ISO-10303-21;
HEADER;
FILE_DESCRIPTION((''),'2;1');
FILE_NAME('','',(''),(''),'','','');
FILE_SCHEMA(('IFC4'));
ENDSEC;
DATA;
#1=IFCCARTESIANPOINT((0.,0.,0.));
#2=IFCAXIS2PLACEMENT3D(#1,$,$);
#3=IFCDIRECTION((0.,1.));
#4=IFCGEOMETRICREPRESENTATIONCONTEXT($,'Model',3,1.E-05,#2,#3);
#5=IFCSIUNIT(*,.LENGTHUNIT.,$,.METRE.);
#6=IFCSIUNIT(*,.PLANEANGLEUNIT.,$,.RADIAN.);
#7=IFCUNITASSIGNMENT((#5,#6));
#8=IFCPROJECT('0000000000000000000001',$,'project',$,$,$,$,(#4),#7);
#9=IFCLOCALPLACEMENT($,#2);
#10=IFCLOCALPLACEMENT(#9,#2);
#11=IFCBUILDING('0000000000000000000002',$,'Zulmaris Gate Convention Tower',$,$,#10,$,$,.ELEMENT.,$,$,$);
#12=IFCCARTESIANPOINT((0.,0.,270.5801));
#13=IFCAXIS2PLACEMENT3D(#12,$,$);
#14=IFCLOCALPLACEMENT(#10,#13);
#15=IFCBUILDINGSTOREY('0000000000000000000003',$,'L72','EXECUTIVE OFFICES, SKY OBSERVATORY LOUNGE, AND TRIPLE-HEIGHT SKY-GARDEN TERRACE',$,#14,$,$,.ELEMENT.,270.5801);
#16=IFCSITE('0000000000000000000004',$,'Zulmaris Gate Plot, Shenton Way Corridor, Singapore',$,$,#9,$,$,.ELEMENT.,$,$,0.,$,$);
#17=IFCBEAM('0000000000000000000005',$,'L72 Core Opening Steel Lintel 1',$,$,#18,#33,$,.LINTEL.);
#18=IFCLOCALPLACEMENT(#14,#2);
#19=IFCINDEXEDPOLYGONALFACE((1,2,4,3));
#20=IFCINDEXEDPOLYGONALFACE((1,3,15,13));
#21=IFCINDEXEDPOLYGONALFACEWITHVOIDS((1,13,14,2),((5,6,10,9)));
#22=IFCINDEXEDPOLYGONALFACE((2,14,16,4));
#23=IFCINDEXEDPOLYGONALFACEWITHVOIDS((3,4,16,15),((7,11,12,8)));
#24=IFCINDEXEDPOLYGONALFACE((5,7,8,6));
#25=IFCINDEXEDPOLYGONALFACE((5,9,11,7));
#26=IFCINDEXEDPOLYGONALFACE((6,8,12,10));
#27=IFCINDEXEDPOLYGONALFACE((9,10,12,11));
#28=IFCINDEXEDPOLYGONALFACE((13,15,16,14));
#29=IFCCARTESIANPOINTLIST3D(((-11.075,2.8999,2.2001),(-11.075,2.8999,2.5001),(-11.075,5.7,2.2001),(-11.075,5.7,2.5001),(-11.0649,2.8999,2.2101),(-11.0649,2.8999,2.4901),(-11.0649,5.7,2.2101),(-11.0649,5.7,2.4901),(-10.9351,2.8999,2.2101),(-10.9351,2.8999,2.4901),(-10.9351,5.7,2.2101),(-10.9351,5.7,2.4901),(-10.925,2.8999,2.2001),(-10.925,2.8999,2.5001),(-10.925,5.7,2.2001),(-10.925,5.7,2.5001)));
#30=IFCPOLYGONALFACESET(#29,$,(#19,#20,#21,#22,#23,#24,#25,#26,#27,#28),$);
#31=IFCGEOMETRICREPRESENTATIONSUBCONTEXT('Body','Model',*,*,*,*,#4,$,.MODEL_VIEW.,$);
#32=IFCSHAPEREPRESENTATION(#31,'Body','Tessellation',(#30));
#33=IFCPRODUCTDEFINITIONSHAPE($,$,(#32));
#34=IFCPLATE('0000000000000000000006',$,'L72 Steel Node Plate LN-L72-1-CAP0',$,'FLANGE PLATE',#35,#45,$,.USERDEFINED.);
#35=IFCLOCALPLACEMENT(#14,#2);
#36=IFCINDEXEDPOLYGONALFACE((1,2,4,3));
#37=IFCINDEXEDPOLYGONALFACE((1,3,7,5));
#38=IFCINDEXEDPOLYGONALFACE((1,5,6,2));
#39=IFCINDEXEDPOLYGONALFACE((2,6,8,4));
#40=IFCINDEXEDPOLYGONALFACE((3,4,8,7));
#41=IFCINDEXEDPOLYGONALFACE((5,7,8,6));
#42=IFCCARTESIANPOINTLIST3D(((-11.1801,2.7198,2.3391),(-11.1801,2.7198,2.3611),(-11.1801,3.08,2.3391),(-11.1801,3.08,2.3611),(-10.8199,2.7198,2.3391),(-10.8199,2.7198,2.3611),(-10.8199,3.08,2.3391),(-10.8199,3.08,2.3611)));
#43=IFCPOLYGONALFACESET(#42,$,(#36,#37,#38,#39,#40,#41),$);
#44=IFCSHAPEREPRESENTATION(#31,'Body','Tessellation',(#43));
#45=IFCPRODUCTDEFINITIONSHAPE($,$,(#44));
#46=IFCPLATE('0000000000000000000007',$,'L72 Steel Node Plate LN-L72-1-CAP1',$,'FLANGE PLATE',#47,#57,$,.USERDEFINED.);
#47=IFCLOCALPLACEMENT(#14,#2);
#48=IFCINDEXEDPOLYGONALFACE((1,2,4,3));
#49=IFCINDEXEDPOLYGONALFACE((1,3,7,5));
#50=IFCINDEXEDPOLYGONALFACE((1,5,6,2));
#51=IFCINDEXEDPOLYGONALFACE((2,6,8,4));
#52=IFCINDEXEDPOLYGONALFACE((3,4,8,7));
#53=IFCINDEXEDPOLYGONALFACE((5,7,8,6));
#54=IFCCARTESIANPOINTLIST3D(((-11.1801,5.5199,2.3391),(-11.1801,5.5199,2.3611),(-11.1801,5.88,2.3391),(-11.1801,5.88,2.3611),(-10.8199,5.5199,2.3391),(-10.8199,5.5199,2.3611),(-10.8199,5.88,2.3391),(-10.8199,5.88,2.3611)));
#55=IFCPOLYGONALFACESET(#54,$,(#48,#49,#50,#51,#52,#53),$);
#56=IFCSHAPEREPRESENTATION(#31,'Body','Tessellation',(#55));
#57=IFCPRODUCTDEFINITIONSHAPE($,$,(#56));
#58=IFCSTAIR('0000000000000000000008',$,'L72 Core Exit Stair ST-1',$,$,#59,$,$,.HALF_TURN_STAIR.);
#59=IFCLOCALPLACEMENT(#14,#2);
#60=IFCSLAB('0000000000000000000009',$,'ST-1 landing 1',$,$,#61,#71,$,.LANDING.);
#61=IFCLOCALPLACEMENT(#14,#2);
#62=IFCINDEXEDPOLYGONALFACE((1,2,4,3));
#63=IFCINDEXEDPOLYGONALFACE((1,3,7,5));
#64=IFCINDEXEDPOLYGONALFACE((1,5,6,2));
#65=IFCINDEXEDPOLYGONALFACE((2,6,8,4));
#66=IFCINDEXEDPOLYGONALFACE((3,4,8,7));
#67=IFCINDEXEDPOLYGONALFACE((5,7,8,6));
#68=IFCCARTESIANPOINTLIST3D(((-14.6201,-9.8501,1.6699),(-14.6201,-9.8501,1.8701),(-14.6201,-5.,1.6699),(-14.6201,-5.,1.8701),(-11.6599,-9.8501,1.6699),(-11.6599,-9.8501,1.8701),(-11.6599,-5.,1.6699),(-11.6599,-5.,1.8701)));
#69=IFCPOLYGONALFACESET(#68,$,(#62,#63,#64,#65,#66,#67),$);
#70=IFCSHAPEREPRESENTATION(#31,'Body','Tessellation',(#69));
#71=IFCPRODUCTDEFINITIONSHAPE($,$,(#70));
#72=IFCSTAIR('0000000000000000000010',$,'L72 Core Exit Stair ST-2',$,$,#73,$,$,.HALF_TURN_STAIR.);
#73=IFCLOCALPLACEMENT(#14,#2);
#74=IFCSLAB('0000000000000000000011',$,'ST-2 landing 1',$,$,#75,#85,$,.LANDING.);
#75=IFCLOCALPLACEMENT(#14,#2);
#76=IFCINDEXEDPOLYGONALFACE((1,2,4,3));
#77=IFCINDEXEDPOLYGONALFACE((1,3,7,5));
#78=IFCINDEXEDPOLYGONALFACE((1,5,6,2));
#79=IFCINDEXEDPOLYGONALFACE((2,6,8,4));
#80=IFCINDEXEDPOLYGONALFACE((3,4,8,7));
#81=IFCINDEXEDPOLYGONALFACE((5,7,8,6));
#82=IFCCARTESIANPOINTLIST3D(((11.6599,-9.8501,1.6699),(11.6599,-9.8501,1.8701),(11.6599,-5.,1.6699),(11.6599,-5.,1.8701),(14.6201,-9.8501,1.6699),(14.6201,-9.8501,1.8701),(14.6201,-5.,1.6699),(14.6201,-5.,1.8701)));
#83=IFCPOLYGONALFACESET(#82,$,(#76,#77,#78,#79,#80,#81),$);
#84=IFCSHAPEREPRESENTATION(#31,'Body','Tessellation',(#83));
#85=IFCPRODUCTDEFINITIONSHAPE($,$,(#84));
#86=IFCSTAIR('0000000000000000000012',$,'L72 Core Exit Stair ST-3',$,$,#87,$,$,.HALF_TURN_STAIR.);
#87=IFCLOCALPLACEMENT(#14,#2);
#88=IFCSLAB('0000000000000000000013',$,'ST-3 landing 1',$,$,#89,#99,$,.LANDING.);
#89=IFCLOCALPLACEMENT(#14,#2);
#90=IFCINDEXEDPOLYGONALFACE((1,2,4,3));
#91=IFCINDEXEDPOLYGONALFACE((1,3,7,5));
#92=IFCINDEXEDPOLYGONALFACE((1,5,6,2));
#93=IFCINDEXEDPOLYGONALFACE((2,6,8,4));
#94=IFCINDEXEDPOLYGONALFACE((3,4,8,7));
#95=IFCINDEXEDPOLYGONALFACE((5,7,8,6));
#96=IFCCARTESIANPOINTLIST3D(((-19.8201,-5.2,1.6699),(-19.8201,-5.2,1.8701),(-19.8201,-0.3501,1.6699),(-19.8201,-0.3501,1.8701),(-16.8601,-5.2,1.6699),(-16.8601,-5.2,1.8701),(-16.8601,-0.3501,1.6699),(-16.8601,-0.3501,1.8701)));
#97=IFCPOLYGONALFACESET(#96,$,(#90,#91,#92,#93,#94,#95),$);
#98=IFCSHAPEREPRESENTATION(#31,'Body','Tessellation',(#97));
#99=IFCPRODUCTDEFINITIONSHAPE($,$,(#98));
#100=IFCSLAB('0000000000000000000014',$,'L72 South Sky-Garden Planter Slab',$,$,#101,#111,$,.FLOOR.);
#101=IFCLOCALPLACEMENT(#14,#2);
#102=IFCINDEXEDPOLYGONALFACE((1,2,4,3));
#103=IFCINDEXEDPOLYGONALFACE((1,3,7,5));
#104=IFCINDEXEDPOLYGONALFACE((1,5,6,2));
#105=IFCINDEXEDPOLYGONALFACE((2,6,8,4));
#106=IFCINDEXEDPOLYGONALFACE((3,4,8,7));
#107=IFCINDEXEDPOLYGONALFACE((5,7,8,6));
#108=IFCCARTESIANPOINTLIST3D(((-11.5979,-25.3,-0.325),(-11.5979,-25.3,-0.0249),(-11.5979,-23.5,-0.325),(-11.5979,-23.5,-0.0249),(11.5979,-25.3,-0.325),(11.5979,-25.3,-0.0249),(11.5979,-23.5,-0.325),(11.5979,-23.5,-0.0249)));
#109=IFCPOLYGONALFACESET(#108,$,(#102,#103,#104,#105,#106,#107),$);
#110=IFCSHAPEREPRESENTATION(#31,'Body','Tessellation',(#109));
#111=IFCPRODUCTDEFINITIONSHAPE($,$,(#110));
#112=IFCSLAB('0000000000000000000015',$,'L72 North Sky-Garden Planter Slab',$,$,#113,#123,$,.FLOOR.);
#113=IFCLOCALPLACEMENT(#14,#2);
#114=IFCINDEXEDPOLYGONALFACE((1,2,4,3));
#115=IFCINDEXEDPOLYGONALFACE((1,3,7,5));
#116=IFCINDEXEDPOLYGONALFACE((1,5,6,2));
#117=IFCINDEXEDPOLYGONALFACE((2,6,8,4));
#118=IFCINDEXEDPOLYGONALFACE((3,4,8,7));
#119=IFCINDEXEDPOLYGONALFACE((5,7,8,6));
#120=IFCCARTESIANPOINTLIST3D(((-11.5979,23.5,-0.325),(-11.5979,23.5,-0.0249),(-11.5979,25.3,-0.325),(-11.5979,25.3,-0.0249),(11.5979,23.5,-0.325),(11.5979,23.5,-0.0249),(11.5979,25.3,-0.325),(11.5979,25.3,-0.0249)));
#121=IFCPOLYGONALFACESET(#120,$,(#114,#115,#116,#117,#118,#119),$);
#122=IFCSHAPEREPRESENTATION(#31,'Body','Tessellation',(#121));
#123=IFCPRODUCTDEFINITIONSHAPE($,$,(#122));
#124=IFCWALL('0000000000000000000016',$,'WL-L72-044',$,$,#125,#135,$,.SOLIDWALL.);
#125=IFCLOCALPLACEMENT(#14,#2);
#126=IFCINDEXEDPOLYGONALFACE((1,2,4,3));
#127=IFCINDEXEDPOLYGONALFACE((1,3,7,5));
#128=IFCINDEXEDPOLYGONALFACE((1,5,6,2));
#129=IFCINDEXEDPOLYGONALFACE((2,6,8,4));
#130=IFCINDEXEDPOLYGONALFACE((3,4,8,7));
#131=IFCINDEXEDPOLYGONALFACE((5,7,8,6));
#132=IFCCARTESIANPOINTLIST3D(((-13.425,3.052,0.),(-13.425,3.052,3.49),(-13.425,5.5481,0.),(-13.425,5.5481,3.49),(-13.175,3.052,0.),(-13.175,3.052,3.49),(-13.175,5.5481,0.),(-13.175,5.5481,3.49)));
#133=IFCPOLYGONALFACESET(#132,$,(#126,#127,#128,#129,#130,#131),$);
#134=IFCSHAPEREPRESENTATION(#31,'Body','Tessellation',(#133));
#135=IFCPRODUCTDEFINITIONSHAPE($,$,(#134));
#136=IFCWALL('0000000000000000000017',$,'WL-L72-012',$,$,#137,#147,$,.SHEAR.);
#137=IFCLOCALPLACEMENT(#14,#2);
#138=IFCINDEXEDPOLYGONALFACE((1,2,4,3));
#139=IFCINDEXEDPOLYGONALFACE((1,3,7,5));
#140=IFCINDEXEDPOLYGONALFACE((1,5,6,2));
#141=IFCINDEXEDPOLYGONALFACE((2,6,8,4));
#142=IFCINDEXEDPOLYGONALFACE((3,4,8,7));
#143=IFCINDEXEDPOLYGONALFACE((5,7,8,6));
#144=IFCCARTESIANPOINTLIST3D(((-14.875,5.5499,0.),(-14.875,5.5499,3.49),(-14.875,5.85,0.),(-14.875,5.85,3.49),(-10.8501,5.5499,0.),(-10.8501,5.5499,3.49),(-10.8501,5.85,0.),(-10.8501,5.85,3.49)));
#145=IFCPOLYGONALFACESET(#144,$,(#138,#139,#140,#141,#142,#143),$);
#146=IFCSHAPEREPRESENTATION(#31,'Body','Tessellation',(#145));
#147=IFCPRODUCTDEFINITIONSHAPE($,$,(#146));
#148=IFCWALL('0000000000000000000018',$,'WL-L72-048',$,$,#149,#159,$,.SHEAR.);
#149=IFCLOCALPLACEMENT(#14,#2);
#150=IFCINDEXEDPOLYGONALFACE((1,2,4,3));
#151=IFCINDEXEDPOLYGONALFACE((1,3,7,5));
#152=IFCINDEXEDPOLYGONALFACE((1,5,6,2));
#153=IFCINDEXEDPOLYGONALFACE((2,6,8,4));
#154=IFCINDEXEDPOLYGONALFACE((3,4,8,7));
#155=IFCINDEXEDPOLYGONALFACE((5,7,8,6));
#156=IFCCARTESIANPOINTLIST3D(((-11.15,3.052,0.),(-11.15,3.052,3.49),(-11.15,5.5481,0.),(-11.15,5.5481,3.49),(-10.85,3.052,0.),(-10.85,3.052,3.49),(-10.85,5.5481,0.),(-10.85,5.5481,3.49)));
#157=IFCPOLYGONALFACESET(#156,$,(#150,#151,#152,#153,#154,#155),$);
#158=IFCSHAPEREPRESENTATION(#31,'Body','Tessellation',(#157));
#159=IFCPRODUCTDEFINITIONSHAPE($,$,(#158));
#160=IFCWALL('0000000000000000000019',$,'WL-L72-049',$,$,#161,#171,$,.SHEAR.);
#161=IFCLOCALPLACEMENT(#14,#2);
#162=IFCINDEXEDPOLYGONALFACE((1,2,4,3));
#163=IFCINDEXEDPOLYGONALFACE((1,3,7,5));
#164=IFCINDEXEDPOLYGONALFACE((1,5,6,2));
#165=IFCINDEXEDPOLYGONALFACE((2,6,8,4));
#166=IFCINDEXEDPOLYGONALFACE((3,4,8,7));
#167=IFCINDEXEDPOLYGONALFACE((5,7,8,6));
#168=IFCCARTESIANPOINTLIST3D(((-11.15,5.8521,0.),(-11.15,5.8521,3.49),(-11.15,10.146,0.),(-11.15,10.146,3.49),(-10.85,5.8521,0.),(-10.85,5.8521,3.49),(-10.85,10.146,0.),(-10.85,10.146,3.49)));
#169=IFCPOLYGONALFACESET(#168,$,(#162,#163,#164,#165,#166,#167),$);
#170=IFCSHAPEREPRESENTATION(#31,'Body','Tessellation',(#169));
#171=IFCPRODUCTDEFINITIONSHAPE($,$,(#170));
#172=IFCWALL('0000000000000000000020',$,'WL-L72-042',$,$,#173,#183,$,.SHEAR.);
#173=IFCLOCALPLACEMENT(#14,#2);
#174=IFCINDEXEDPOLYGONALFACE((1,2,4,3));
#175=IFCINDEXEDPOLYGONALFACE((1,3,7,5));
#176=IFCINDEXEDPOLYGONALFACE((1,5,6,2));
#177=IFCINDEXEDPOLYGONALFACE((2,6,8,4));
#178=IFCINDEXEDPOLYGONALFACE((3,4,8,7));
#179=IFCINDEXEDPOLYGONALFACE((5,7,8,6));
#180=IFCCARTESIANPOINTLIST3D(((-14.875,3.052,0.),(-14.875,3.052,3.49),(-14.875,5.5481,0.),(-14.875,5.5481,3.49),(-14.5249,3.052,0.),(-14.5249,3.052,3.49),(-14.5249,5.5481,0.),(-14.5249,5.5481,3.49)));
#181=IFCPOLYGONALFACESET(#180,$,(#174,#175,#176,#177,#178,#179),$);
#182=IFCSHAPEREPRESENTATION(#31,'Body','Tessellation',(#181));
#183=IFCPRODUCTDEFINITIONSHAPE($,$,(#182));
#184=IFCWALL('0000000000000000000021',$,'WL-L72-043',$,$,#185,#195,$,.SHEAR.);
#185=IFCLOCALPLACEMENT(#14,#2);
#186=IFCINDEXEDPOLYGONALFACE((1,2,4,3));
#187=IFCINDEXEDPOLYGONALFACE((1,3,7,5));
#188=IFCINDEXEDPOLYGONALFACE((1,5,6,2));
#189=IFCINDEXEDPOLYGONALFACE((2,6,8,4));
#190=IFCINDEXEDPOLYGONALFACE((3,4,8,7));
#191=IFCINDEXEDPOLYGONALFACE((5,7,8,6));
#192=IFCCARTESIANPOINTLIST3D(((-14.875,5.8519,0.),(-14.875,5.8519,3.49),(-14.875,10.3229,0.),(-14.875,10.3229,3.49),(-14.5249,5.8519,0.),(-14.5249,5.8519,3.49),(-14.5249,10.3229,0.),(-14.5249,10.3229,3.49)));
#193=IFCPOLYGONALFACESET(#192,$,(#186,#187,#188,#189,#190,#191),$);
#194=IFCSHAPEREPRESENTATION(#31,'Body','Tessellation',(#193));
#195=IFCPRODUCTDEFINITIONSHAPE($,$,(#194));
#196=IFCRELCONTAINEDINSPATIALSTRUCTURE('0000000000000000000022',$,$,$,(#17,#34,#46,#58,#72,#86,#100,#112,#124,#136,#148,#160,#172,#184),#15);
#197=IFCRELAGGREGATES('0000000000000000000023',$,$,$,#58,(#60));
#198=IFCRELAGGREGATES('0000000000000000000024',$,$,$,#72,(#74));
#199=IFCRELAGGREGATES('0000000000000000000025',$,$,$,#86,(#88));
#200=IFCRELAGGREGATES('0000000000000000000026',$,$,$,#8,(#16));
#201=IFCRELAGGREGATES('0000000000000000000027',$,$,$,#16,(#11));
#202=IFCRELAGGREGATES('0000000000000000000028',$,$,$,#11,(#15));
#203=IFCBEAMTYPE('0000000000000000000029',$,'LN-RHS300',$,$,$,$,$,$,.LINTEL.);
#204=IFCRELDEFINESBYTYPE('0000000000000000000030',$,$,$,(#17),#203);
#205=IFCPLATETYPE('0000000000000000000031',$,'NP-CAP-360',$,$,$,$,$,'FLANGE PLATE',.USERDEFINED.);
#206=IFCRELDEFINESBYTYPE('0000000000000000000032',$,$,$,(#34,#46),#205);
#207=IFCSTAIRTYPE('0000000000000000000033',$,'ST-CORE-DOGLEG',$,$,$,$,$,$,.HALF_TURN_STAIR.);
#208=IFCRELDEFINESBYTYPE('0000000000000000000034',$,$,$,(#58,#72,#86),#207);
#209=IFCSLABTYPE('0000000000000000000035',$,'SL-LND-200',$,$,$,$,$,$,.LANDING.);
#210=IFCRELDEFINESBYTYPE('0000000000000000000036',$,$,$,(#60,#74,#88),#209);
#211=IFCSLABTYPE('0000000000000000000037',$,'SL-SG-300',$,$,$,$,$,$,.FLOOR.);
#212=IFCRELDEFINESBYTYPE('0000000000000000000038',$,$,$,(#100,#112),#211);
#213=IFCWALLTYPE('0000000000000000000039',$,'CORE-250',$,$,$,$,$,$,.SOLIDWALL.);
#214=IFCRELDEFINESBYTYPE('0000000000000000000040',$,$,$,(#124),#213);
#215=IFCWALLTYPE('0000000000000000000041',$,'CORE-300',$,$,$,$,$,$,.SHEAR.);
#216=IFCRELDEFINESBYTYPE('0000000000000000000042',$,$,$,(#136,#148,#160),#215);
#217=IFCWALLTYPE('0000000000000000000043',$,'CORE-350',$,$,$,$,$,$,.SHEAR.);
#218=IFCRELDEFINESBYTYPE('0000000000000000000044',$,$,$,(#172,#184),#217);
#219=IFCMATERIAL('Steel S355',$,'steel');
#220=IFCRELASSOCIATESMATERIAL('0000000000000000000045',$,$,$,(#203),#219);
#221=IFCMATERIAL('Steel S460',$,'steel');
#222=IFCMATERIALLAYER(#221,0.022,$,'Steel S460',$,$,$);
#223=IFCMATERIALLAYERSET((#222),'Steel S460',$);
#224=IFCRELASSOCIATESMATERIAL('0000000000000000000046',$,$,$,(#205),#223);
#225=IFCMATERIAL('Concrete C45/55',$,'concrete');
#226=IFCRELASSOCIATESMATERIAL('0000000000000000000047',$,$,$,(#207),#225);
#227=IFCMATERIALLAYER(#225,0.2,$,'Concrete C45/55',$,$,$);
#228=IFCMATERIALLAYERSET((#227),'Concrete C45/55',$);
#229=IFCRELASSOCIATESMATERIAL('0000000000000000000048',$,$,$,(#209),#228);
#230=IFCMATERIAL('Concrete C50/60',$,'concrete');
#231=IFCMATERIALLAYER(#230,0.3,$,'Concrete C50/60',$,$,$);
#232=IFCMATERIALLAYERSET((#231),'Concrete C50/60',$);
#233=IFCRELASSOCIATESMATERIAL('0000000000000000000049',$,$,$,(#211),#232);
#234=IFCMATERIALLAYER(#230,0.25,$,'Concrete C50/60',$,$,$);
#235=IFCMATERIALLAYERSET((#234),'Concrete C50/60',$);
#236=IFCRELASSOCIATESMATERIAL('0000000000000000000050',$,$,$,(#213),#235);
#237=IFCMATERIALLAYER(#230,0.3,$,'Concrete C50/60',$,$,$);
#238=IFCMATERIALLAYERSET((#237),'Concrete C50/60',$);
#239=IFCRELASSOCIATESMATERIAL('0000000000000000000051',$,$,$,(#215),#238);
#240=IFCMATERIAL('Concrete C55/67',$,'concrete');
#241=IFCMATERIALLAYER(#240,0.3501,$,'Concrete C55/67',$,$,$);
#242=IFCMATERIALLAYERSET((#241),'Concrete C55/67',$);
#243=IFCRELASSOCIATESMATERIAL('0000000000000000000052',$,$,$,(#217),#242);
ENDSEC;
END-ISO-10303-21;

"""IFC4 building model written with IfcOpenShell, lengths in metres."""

from ifc_helpers import new_model, si_unit, direction, frame, frame_2d, origin, origin_2d, place, context, subcontext, project, spatial, polyline, rectangle, hollow_rectangle, outline, extrude, material, layer, layer_set, material_profile, profile_set, type_object, element, aggregate, save


model = new_model("IFC4")

# Units and contexts
model_context = context("Model", 3, precision=1e-05, world=origin(), true_north=direction((0.0, 1.0)))
body_context = subcontext(model_context, "Body", "Model", "MODEL_VIEW")
ifc_project = project(units=[si_unit("LENGTHUNIT", "METRE"), si_unit("PLANEANGLEUNIT", "RADIAN")], contexts=[model_context])

# Site, building, storey
site_placement = place(None, origin())
site = spatial("IfcSite", under=ifc_project, at=site_placement, Name="Zulmaris Gate Plot, Shenton Way Corridor, Singapore", CompositionType="ELEMENT", RefElevation=0.0)
building_placement = place(site_placement, origin())
building = spatial("IfcBuilding", under=site, at=building_placement, Name="Zulmaris Gate Convention Tower", CompositionType="ELEMENT")
storey_placement = place(building_placement, frame((0.0, 0.0, 270.5801)))
storey = spatial("IfcBuildingStorey", under=building, at=storey_placement, Name="L72", Description="EXECUTIVE OFFICES, SKY OBSERVATORY LOUNGE, AND TRIPLE-HEIGHT SKY-GARDEN TERRACE", CompositionType="ELEMENT", Elevation=270.5801)

# Beam
ifc_material_1 = material(Name="Steel S355", Category="steel")
ifc_material_profile = material_profile(ifc_material_1, hollow_rectangle(XDim=0.1499, YDim=0.3, WallThickness=0.01, at=origin_2d()), Name="RHS 300x150x10")
ifc_profile_set = profile_set([ifc_material_profile], Name="Steel S355")
beam_type = type_object("IfcBeamType", Name="LN-RHS300", PredefinedType="LINTEL", material=ifc_profile_set)
beam_placement = place(storey_placement, frame((-11.0, 2.8999, 2.3501), z_axis=(0.0, 1.0, 0.0), x_axis=(-1.0, 0.0, 0.0)))
element("IfcBeam", 1, at=beam_placement, inside=storey, type_object=beam_type, Name="L72 Core Opening Steel Lintel 1", PredefinedType="LINTEL", context=body_context, shape_type="SweptSolid", body=[
    extrude(hollow_rectangle(XDim=0.1499, YDim=0.3, WallThickness=0.01, at=origin_2d()), origin(), (0.0, 0.0, 1.0), 2.8),
])

# Plates
ifc_material_2 = material(Name="Steel S460", Category="steel")
ifc_layer_1 = layer(ifc_material_2, 0.022, Name="Steel S460")
ifc_layer_set_1 = layer_set([ifc_layer_1], Name="Steel S460")
plate_type = type_object("IfcPlateType", Name="NP-CAP-360", ElementType="FLANGE PLATE", PredefinedType="USERDEFINED", material=ifc_layer_set_1)
for number, where, z_axis, x_axis, name in (
    (2, (-11.0, 2.8999, 2.3391), (0.0, 0.0, 1.0), (1.0, 0.0, 0.0), "L72 Steel Node Plate LN-L72-1-CAP0"),
    (3, (-11.0, 5.7, 2.3391), (0.0, 0.0, 1.0), (1.0, 0.0, 0.0), "L72 Steel Node Plate LN-L72-1-CAP1"),
):
    element("IfcPlate", number, at=place(storey_placement, frame(where, z_axis=z_axis, x_axis=x_axis)), inside=storey, type_object=plate_type, Name=name, ObjectType="FLANGE PLATE", PredefinedType="USERDEFINED", context=body_context, shape_type="SweptSolid", body=[
        extrude(rectangle(XDim=0.3601, YDim=0.3601, at=origin_2d()), origin(), (0.0, 0.0, 1.0), 0.022),
    ])

# Stairs, slabs
ifc_material_3 = material(Name="Concrete C45/55", Category="concrete")
stair_type = type_object("IfcStairType", Name="ST-CORE-DOGLEG", PredefinedType="HALF_TURN_STAIR", material=ifc_material_3)
stair_1_placement = place(storey_placement, origin())
stair_1 = element("IfcStair", 4, at=stair_1_placement, inside=storey, type_object=stair_type, Name="L72 Core Exit Stair ST-1", PredefinedType="HALF_TURN_STAIR")
ifc_layer_2 = layer(ifc_material_3, 0.2, Name="Concrete C45/55")
ifc_layer_set_2 = layer_set([ifc_layer_2], Name="Concrete C45/55")
slab_type_1 = type_object("IfcSlabType", Name="SL-LND-200", PredefinedType="LANDING", material=ifc_layer_set_2)
slab_1_placement = place(storey_placement, frame((0.0, 0.0, 1.6699)))
slab_1 = element("IfcSlab", 5, at=slab_1_placement, type_object=slab_type_1, Name="ST-1 landing 1", PredefinedType="LANDING", context=body_context, shape_type="SweptSolid", body=[
    extrude(outline(polyline([(-14.6201, -5.0), (-14.6201, -9.8501), (-11.6599, -9.8501), (-11.6599, -5.0), (-14.6201, -5.0)])), origin(), (0.0, 0.0, 1.0), 0.2002),
])
aggregate(stair_1, [slab_1])
stair_2_placement = place(storey_placement, origin())
stair_2 = element("IfcStair", 6, at=stair_2_placement, inside=storey, type_object=stair_type, Name="L72 Core Exit Stair ST-2", PredefinedType="HALF_TURN_STAIR")
slab_2_placement = place(storey_placement, frame((0.0, 0.0, 1.6699)))
slab_2 = element("IfcSlab", 7, at=slab_2_placement, type_object=slab_type_1, Name="ST-2 landing 1", PredefinedType="LANDING", context=body_context, shape_type="SweptSolid", body=[
    extrude(outline(polyline([(11.6599, -5.0), (11.6599, -9.8501), (14.6201, -9.8501), (14.6201, -5.0), (11.6599, -5.0)])), origin(), (0.0, 0.0, 1.0), 0.2002),
])
aggregate(stair_2, [slab_2])
stair_3_placement = place(storey_placement, origin())
stair_3 = element("IfcStair", 8, at=stair_3_placement, inside=storey, type_object=stair_type, Name="L72 Core Exit Stair ST-3", PredefinedType="HALF_TURN_STAIR")
slab_3_placement = place(storey_placement, frame((0.0, 0.0, 1.6699)))
slab_3 = element("IfcSlab", 9, at=slab_3_placement, type_object=slab_type_1, Name="ST-3 landing 1", PredefinedType="LANDING", context=body_context, shape_type="SweptSolid", body=[
    extrude(outline(polyline([(-16.8601, -5.2), (-16.8601, -0.3501), (-19.8201, -0.3501), (-19.8201, -5.2), (-16.8601, -5.2)])), origin(), (0.0, 0.0, 1.0), 0.2002),
])
aggregate(stair_3, [slab_3])

# Slabs
ifc_material_4 = material(Name="Concrete C50/60", Category="concrete")
ifc_layer_3 = layer(ifc_material_4, 0.3, Name="Concrete C50/60")
ifc_layer_set_3 = layer_set([ifc_layer_3], Name="Concrete C50/60")
slab_type_2 = type_object("IfcSlabType", Name="SL-SG-300", PredefinedType="FLOOR", material=ifc_layer_set_3)
slab_4_placement = place(storey_placement, frame((0.0, 0.0, -0.325)))
element("IfcSlab", 10, at=slab_4_placement, inside=storey, type_object=slab_type_2, Name="L72 South Sky-Garden Planter Slab", PredefinedType="FLOOR", context=body_context, shape_type="SweptSolid", body=[
    extrude(outline(polyline([(-11.5979, -25.3), (-11.5979, -23.5), (11.5979, -23.5), (11.5979, -25.3), (-11.5979, -25.3)])), origin(), (0.0, 0.0, 1.0), 0.3),
])
slab_5_placement = place(storey_placement, frame((0.0, 0.0, -0.325)))
element("IfcSlab", 11, at=slab_5_placement, inside=storey, type_object=slab_type_2, Name="L72 North Sky-Garden Planter Slab", PredefinedType="FLOOR", context=body_context, shape_type="SweptSolid", body=[
    extrude(outline(polyline([(11.5979, 25.3), (11.5979, 23.5), (-11.5979, 23.5), (-11.5979, 25.3), (11.5979, 25.3)])), origin(), (0.0, 0.0, 1.0), 0.3),
])

# Walls
ifc_layer_4 = layer(ifc_material_4, 0.25, Name="Concrete C50/60")
ifc_layer_set_4 = layer_set([ifc_layer_4], Name="Concrete C50/60")
wall_type_1 = type_object("IfcWallType", Name="CORE-250", PredefinedType="SOLIDWALL", material=ifc_layer_set_4)
wall_1_placement = place(storey_placement, frame((-13.3, 3.052, 0.0), z_axis=(0.0, 0.0, 1.0), x_axis=(0.0, 1.0, 0.0)))
element("IfcWall", 12, at=wall_1_placement, inside=storey, type_object=wall_type_1, Name="WL-L72-044", PredefinedType="SOLIDWALL", context=body_context, shape_type="SweptSolid", body=[
    extrude(rectangle(XDim=2.4961, YDim=0.25, at=frame_2d((1.248, 0.0))), origin(), (0.0, 0.0, 1.0), 3.49),
])
ifc_layer_5 = layer(ifc_material_4, 0.3, Name="Concrete C50/60")
ifc_layer_set_5 = layer_set([ifc_layer_5], Name="Concrete C50/60")
wall_type_2 = type_object("IfcWallType", Name="CORE-300", PredefinedType="SHEAR", material=ifc_layer_set_5)
wall_2_placement = place(storey_placement, frame((-14.875, 5.7, 0.0), z_axis=(0.0, 0.0, 1.0), x_axis=(1.0, 0.0, 0.0)))
element("IfcWall", 13, at=wall_2_placement, inside=storey, type_object=wall_type_2, Name="WL-L72-012", PredefinedType="SHEAR", context=body_context, shape_type="SweptSolid", body=[
    extrude(rectangle(XDim=4.0249, YDim=0.3, at=frame_2d((2.0125, 0.0))), origin(), (0.0, 0.0, 1.0), 3.49),
])

# Walls
wall_3_placement = place(storey_placement, frame((-11.0, 3.052, 0.0), z_axis=(0.0, 0.0, 1.0), x_axis=(0.0, 1.0, 0.0)))
element("IfcWall", 14, at=wall_3_placement, inside=storey, type_object=wall_type_2, Name="WL-L72-048", PredefinedType="SHEAR", context=body_context, shape_type="SweptSolid", body=[
    extrude(rectangle(XDim=2.4961, YDim=0.3, at=frame_2d((1.248, 0.0))), origin(), (0.0, 0.0, 1.0), 3.49),
])
wall_4_placement = place(storey_placement, frame((-11.0, 5.8521, 0.0), z_axis=(0.0, 0.0, 1.0), x_axis=(0.0, 1.0, 0.0)))
element("IfcWall", 15, at=wall_4_placement, inside=storey, type_object=wall_type_2, Name="WL-L72-049", PredefinedType="SHEAR", context=body_context, shape_type="SweptSolid", body=[
    extrude(rectangle(XDim=4.2939, YDim=0.3, at=frame_2d((2.147, 0.0))), origin(), (0.0, 0.0, 1.0), 3.49),
])
ifc_material_5 = material(Name="Concrete C55/67", Category="concrete")
ifc_layer_6 = layer(ifc_material_5, 0.3501, Name="Concrete C55/67")
ifc_layer_set_6 = layer_set([ifc_layer_6], Name="Concrete C55/67")
wall_type_3 = type_object("IfcWallType", Name="CORE-350", PredefinedType="SHEAR", material=ifc_layer_set_6)
wall_5_placement = place(storey_placement, frame((-14.7, 3.052, 0.0), z_axis=(0.0, 0.0, 1.0), x_axis=(0.0, 1.0, 0.0)))
element("IfcWall", 16, at=wall_5_placement, inside=storey, type_object=wall_type_3, Name="WL-L72-042", PredefinedType="SHEAR", context=body_context, shape_type="SweptSolid", body=[
    extrude(rectangle(XDim=2.4961, YDim=0.3501, at=frame_2d((1.248, 0.0))), origin(), (0.0, 0.0, 1.0), 3.49),
])
wall_6_placement = place(storey_placement, frame((-14.7, 5.8521, 0.0), z_axis=(0.0, 0.0, 1.0), x_axis=(0.0, 1.0, 0.0)))
element("IfcWall", 17, at=wall_6_placement, inside=storey, type_object=wall_type_3, Name="WL-L72-043", PredefinedType="SHEAR", context=body_context, shape_type="SweptSolid", body=[
    extrude(rectangle(XDim=4.4709, YDim=0.3501, at=frame_2d((2.2354, 0.0))), origin(), (0.0, 0.0, 1.0), 3.49),
])

save(model, "model.ifc")
